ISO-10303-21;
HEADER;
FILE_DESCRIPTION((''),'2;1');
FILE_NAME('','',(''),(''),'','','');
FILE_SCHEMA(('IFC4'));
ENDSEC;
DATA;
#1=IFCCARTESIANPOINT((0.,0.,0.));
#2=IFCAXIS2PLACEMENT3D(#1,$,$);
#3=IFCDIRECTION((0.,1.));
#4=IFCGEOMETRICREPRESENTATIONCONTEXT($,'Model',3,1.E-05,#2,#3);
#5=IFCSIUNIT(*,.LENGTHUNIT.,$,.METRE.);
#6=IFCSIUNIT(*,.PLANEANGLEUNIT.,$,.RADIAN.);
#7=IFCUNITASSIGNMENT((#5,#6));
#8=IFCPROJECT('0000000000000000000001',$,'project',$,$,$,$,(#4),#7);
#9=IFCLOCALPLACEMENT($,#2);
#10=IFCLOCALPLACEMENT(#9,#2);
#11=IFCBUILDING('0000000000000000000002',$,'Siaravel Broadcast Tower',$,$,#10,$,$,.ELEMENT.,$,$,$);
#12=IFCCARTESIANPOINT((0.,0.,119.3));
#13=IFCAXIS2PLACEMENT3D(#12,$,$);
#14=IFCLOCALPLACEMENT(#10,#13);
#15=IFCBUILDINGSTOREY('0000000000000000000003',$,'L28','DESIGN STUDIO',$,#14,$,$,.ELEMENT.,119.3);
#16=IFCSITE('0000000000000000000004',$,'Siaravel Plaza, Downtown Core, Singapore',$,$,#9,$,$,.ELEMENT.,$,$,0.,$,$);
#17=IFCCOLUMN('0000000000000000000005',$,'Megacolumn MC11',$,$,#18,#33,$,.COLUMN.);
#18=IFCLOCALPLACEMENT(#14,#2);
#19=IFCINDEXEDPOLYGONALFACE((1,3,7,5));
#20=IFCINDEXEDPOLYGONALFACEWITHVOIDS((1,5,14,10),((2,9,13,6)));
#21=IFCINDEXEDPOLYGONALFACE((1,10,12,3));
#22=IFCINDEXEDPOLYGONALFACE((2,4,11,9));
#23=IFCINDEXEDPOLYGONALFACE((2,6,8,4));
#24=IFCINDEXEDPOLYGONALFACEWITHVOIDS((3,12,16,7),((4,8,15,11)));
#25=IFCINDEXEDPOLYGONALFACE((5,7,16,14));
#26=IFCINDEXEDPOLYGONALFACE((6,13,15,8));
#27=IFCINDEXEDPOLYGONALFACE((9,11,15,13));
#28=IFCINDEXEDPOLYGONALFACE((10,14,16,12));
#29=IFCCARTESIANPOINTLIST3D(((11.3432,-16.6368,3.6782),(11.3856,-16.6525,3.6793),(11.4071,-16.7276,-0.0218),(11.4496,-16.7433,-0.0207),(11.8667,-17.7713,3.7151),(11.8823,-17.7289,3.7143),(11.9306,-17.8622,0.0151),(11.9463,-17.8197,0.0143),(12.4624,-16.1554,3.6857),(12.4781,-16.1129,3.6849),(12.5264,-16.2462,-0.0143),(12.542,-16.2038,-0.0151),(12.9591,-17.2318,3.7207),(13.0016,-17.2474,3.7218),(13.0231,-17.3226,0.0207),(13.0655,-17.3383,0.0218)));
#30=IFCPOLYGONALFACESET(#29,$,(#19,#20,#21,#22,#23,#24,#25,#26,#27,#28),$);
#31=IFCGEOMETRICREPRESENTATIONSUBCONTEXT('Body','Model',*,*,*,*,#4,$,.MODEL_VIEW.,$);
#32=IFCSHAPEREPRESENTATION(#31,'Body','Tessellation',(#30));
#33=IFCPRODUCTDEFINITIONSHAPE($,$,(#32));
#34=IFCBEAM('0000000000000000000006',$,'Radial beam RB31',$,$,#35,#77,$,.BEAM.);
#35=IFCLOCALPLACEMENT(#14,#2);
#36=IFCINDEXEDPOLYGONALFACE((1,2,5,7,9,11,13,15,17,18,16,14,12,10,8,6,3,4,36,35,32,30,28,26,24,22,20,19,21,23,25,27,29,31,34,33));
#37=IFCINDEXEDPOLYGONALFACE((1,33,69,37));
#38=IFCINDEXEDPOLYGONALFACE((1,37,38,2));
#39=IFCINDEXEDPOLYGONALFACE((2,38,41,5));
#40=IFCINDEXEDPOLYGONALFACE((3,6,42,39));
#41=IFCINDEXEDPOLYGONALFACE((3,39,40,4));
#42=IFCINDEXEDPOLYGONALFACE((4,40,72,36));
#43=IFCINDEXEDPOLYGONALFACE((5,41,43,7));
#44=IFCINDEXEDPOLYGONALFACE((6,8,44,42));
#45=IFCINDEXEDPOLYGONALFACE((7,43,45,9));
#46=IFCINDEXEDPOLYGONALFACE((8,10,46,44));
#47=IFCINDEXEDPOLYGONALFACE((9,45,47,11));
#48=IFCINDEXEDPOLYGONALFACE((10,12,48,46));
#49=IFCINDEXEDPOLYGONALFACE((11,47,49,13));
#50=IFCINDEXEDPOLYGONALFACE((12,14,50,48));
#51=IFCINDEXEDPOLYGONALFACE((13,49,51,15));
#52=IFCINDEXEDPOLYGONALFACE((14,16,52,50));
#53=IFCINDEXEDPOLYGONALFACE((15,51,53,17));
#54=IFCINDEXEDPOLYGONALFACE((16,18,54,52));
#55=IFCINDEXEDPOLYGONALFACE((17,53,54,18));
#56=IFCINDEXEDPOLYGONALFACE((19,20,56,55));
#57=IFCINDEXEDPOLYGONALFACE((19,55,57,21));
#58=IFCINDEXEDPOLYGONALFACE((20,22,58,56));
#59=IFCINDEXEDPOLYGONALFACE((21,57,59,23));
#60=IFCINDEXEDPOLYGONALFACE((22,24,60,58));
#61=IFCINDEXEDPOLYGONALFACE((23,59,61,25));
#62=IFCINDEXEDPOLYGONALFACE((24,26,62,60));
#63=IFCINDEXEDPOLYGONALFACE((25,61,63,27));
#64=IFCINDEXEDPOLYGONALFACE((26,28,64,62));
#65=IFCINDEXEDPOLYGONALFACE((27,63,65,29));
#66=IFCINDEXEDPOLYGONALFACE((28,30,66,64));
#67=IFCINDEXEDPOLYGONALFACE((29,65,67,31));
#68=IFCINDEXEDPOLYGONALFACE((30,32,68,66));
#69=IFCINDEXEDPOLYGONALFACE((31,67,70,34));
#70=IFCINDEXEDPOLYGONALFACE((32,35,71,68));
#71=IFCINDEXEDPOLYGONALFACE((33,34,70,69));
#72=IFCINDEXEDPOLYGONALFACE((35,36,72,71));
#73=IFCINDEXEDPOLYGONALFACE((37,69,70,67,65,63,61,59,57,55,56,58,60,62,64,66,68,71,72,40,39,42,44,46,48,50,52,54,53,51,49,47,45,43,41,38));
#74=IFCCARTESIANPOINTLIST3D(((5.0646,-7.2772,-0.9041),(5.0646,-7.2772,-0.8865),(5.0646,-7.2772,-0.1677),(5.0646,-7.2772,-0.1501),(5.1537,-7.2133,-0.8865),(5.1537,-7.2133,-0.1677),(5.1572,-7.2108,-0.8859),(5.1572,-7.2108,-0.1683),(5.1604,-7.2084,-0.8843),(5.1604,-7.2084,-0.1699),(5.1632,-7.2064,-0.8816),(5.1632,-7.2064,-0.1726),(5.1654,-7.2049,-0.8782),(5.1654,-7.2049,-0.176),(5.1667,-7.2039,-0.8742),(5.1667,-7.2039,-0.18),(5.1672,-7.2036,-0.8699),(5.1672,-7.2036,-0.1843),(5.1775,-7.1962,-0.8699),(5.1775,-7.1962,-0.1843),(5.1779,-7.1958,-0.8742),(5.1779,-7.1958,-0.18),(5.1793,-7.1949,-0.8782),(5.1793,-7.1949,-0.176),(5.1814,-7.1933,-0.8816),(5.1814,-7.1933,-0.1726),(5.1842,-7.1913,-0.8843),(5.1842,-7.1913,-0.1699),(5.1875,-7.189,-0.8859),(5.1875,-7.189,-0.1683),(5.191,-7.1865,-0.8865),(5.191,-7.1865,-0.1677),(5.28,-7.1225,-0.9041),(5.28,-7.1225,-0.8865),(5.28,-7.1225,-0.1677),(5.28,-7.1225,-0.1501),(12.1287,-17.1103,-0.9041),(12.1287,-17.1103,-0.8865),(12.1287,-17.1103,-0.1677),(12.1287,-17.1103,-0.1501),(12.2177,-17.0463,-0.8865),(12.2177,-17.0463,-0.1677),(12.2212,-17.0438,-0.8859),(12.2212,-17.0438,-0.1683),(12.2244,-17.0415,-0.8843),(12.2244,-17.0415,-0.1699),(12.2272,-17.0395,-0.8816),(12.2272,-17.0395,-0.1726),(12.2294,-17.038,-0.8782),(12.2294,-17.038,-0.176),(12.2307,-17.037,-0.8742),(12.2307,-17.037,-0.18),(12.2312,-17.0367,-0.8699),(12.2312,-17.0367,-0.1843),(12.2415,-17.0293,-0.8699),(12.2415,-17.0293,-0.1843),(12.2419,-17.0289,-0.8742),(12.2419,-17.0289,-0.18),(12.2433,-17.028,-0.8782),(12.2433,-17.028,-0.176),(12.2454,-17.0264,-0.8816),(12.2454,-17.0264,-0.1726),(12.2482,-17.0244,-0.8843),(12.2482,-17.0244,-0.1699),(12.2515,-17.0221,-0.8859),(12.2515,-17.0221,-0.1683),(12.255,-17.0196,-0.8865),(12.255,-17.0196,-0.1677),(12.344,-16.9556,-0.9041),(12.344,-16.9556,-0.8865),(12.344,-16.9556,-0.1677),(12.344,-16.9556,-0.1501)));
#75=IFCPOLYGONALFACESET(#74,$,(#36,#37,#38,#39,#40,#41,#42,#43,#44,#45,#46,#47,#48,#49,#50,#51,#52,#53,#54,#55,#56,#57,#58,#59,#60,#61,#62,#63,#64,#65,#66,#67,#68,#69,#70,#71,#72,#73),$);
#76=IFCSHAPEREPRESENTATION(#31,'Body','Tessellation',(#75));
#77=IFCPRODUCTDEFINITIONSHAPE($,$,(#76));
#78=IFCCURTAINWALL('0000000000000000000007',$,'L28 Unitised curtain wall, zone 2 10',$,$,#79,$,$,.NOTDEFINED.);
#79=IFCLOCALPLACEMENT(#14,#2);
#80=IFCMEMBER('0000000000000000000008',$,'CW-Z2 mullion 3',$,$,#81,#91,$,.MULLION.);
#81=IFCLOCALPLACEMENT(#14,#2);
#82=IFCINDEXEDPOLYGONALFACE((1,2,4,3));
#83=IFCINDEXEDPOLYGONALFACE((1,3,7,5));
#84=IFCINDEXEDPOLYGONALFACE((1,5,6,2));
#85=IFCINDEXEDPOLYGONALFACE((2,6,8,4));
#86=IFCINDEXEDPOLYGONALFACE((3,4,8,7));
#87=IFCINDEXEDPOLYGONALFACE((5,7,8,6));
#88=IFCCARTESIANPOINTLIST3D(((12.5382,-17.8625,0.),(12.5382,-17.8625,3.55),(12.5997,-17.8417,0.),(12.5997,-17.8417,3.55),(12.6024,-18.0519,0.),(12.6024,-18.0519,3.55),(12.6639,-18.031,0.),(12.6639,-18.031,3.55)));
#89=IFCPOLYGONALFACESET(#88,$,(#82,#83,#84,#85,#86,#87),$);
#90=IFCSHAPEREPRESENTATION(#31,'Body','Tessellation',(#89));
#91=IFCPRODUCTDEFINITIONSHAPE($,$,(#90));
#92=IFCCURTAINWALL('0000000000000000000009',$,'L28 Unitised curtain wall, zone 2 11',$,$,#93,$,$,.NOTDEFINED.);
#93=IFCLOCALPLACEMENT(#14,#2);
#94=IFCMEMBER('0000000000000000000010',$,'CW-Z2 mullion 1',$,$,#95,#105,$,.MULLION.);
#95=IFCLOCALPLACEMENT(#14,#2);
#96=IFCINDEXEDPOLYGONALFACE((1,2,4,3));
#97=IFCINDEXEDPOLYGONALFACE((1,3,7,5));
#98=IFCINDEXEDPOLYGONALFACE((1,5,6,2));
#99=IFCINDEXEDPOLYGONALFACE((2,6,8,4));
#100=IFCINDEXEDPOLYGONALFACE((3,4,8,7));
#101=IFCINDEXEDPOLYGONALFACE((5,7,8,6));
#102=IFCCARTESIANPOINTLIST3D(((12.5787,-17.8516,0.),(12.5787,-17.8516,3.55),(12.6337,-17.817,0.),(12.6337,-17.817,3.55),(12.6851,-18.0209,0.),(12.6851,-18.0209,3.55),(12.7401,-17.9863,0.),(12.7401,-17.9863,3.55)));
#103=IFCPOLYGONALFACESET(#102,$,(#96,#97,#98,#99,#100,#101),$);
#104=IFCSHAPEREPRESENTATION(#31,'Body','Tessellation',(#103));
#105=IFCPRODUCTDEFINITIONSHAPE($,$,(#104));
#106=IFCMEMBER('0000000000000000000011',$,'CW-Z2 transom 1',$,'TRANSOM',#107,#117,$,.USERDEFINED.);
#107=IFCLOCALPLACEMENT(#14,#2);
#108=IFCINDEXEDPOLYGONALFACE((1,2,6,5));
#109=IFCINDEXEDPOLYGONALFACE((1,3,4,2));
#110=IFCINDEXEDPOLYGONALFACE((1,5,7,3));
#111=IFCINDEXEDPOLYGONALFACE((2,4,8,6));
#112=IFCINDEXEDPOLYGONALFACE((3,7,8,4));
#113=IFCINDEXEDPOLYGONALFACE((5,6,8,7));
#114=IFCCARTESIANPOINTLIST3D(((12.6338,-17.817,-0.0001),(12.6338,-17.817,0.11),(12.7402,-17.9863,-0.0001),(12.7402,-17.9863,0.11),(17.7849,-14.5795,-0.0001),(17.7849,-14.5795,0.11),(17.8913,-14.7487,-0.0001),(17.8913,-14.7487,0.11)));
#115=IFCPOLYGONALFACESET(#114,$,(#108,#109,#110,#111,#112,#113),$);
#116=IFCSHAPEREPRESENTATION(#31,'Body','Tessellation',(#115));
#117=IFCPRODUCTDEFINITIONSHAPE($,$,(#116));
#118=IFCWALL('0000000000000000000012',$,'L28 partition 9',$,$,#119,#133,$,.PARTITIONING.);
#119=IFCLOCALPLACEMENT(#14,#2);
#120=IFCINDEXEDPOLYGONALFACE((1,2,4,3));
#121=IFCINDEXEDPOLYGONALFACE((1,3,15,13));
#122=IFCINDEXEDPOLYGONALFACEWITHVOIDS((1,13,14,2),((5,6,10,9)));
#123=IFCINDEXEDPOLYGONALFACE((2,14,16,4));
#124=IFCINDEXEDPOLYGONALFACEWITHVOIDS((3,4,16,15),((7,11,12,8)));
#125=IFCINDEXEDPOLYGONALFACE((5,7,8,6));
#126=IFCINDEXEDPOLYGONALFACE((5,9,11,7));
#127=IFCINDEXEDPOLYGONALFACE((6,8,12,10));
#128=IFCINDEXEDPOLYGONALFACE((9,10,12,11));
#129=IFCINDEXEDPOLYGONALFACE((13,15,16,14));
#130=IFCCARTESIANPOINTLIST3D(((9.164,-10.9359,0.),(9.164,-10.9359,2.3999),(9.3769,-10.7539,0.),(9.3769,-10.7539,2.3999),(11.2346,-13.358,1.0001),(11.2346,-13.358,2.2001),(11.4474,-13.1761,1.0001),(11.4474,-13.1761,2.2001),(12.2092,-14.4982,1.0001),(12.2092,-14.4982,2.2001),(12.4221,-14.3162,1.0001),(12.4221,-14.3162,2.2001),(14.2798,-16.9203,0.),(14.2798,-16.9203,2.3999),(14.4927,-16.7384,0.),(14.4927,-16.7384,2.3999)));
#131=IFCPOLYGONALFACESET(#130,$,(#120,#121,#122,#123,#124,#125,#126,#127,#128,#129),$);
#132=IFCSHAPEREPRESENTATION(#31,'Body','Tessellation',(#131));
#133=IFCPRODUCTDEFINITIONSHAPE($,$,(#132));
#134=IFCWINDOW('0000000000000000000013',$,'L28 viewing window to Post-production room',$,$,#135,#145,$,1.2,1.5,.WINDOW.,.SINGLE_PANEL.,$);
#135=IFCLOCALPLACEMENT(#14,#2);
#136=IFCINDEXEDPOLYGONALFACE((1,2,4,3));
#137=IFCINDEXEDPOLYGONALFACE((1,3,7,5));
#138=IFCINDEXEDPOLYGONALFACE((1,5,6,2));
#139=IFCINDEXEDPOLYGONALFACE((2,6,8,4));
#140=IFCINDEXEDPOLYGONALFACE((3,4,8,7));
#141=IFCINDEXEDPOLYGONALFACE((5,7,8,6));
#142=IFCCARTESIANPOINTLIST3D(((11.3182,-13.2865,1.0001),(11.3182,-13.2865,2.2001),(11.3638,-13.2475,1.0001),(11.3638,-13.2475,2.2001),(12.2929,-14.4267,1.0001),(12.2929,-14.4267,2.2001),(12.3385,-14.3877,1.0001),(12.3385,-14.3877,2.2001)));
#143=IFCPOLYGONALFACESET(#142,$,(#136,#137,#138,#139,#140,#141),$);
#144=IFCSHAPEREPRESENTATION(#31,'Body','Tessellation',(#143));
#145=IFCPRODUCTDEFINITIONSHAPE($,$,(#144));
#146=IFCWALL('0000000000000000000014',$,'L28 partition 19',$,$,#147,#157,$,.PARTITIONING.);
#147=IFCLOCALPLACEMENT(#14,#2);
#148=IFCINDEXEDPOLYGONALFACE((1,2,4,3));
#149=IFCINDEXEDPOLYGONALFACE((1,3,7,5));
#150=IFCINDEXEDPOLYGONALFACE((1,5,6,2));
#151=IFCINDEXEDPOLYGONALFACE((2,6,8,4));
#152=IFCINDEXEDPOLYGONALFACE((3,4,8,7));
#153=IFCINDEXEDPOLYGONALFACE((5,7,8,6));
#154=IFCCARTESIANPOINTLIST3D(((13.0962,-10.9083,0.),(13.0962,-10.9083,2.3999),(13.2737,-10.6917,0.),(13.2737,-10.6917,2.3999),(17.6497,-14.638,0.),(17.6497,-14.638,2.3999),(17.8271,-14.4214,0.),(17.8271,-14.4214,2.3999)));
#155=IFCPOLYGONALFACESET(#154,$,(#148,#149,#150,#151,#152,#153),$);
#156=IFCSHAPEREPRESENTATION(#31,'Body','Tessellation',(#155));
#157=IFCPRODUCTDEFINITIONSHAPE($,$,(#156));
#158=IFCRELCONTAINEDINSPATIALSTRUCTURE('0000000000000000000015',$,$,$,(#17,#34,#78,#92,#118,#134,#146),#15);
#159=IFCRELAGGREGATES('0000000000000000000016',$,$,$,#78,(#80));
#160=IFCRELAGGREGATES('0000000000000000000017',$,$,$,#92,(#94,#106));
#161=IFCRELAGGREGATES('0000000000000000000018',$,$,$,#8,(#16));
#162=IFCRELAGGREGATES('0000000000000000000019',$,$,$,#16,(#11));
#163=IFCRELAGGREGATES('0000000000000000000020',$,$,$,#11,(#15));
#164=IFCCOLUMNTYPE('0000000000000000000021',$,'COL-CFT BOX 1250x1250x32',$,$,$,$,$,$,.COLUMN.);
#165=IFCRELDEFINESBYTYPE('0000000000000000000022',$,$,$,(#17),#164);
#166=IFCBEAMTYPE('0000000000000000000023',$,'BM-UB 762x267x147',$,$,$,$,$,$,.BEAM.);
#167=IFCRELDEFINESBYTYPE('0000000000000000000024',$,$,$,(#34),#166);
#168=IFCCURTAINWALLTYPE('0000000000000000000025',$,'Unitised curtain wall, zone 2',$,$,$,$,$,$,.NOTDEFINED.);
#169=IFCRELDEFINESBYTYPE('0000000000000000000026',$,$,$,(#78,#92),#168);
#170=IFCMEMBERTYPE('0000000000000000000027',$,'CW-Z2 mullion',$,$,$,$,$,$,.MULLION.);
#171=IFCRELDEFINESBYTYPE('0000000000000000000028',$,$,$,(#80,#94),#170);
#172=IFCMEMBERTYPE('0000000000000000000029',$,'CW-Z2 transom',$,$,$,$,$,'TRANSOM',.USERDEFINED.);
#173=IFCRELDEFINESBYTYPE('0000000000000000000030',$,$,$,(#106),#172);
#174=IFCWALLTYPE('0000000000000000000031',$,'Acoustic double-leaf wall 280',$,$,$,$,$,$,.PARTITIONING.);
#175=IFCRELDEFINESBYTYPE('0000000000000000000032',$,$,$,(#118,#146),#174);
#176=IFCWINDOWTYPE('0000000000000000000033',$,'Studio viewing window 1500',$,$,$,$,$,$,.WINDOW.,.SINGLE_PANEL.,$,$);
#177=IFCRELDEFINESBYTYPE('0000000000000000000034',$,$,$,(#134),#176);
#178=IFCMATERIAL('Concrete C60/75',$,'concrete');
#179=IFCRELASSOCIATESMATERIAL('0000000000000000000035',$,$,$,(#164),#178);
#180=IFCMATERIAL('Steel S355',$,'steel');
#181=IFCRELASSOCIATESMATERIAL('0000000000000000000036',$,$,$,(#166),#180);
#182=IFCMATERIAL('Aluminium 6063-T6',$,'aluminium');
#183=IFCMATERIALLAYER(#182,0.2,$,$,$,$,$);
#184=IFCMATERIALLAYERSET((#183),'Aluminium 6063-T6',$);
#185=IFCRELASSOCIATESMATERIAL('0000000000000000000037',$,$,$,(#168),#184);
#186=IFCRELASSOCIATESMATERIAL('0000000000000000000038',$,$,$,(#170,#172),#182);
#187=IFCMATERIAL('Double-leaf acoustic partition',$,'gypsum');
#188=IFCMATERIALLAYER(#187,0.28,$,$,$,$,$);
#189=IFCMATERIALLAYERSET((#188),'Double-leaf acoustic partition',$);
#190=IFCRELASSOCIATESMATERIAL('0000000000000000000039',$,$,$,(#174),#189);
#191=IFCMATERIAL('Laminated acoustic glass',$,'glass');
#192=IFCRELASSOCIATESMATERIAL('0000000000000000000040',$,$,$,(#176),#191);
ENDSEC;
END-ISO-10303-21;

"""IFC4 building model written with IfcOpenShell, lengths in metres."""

from ifc_helpers import new_model, si_unit, direction, frame, frame_2d, origin, origin_2d, place, context, subcontext, project, spatial, rectangle, hollow_rectangle, i_section, extrude, material, layer, layer_set, material_profile, profile_set, type_object, element, fill, aggregate, save


model = new_model("IFC4")

# Units and contexts
model_context = context("Model", 3, precision=1e-05, world=origin(), true_north=direction((0.0, 1.0)))
body_context = subcontext(model_context, "Body", "Model", "MODEL_VIEW")
ifc_project = project(units=[si_unit("LENGTHUNIT", "METRE"), si_unit("PLANEANGLEUNIT", "RADIAN")], contexts=[model_context])

# Site, building, storey
site_placement = place(None, origin())
site = spatial("IfcSite", under=ifc_project, at=site_placement, Name="Siaravel Plaza, Downtown Core, Singapore", CompositionType="ELEMENT", RefElevation=0.0)
building_placement = place(site_placement, origin())
building = spatial("IfcBuilding", under=site, at=building_placement, Name="Siaravel Broadcast Tower", CompositionType="ELEMENT")
storey_placement = place(building_placement, frame((0.0, 0.0, 119.3)))
storey = spatial("IfcBuildingStorey", under=building, at=storey_placement, Name="L28", Description="DESIGN STUDIO", CompositionType="ELEMENT", Elevation=119.3)

# Column
ifc_material_1 = material(Name="Concrete C60/75", Category="concrete")
ifc_material_profile_1 = material_profile(ifc_material_1, hollow_rectangle(XDim=1.25, YDim=1.25, WallThickness=0.032, at=origin_2d()))
ifc_profile_set_1 = profile_set([ifc_material_profile_1], Name="Concrete C60/75")
column_type = type_object("IfcColumnType", Name="COL-CFT BOX 1250x1250x32", PredefinedType="COLUMN", material=ifc_profile_set_1)
column_placement = place(storey_placement, frame((12.2363, -17.033, 0.0), z_axis=(-0.01728, 0.024535, 0.99955), x_axis=(-0.90792, -0.419108, -0.005409)))
element("IfcColumn", 1, at=column_placement, inside=storey, type_object=column_type, Name="Megacolumn MC11", PredefinedType="COLUMN", context=body_context, shape_type="SweptSolid", body=[
    extrude(hollow_rectangle(XDim=1.25, YDim=1.25, WallThickness=0.032, at=origin_2d()), origin(), (0.0, 0.0, 1.0), 3.7017),
])

# Beam
ifc_material_2 = material(Name="Steel S355", Category="steel")
ifc_material_profile_2 = material_profile(ifc_material_2, i_section(OverallWidth=0.2651, OverallDepth=0.7539, WebThickness=0.0127, FlangeThickness=0.0176, FilletRadius=0.0166, at=origin_2d()))
ifc_profile_set_2 = profile_set([ifc_material_profile_2], Name="Steel S355")
beam_type = type_object("IfcBeamType", Name="BM-UB 762x267x147", PredefinedType="BEAM", material=ifc_profile_set_2)
beam_placement = place(storey_placement, frame((12.2363, -17.033, -0.5271), z_axis=(-0.583445, 0.812153, 0.0), x_axis=(-0.812153, -0.583445, 0.0)))
element("IfcBeam", 2, at=beam_placement, inside=storey, type_object=beam_type, Name="Radial beam RB31", PredefinedType="BEAM", context=body_context, shape_type="SweptSolid", body=[
    extrude(i_section(OverallWidth=0.2651, OverallDepth=0.7539, WebThickness=0.0127, FlangeThickness=0.0176, FilletRadius=0.0166, at=origin_2d()), origin(), (0.0, 0.0, 1.0), 12.1074),
])

# Curtain wall, member
ifc_material_3 = material(Name="Aluminium 6063-T6", Category="aluminium")
ifc_layer_1 = layer(ifc_material_3, 0.2)
ifc_layer_set_1 = layer_set([ifc_layer_1], Name="Aluminium 6063-T6")
curtain_wall_type = type_object("IfcCurtainWallType", Name="Unitised curtain wall, zone 2", PredefinedType="NOTDEFINED", material=ifc_layer_set_1)
curtain_wall_1_placement = place(storey_placement, origin())
curtain_wall_1 = element("IfcCurtainWall", 3, at=curtain_wall_1_placement, inside=storey, type_object=curtain_wall_type, Name="L28 Unitised curtain wall, zone 2 10", PredefinedType="NOTDEFINED")
ifc_material_profile_3 = material_profile(ifc_material_3, rectangle(XDim=0.2, YDim=0.0649, at=origin_2d()))
ifc_profile_set_3 = profile_set([ifc_material_profile_3], Name="Aluminium 6063-T6")
member_type_1 = type_object("IfcMemberType", Name="CW-Z2 mullion", PredefinedType="MULLION", material=ifc_profile_set_3)
member_1_placement = place(storey_placement, frame((12.6011, -17.9468, 0.0), z_axis=(0.0, 0.0, 1.0), x_axis=(-0.321301, 0.946977, 0.0)))
member_1 = element("IfcMember", 4, at=member_1_placement, type_object=member_type_1, Name="CW-Z2 mullion 3", PredefinedType="MULLION", context=body_context, shape_type="SweptSolid", body=[
    extrude(rectangle(XDim=0.2, YDim=0.0649, at=origin_2d()), origin(), (0.0, 0.0, 1.0), 3.55),
])
aggregate(curtain_wall_1, [member_1])

# Curtain wall, members
curtain_wall_2_placement = place(storey_placement, origin())
curtain_wall_2 = element("IfcCurtainWall", 5, at=curtain_wall_2_placement, inside=storey, type_object=curtain_wall_type, Name="L28 Unitised curtain wall, zone 2 11", PredefinedType="NOTDEFINED")
member_2_placement = place(storey_placement, frame((12.6594, -17.9189, 0.0), z_axis=(0.0, 0.0, 1.0), x_axis=(-0.532149, 0.846651, 0.0)))
member_2 = element("IfcMember", 6, at=member_2_placement, type_object=member_type_1, Name="CW-Z2 mullion 1", PredefinedType="MULLION", context=body_context, shape_type="SweptSolid", body=[
    extrude(rectangle(XDim=0.2, YDim=0.0649, at=origin_2d()), origin(), (0.0, 0.0, 1.0), 3.55),
])
ifc_material_profile_4 = material_profile(ifc_material_3, rectangle(XDim=0.2, YDim=0.1101, at=origin_2d()))
ifc_profile_set_4 = profile_set([ifc_material_profile_4], Name="Aluminium 6063-T6")
member_type_2 = type_object("IfcMemberType", Name="CW-Z2 transom", ElementType="TRANSOM", PredefinedType="USERDEFINED", material=ifc_profile_set_4)
member_3_placement = place(storey_placement, frame((12.687, -17.9016, 0.0549), z_axis=(0.846659, 0.532136, 0.0), x_axis=(-0.532136, 0.846659, 0.0)))
member_3 = element("IfcMember", 7, at=member_3_placement, type_object=member_type_2, Name="CW-Z2 transom 1", ObjectType="TRANSOM", PredefinedType="USERDEFINED", context=body_context, shape_type="SweptSolid", body=[
    extrude(rectangle(XDim=0.2, YDim=0.1101, at=origin_2d()), origin(), (0.0, 0.0, 1.0), 6.084),
])
aggregate(curtain_wall_2, [member_2, member_3])

# Wall, opening, window
ifc_material_4 = material(Name="Double-leaf acoustic partition", Category="gypsum")
ifc_layer_2 = layer(ifc_material_4, 0.28)
ifc_layer_set_2 = layer_set([ifc_layer_2], Name="Double-leaf acoustic partition")
wall_type_1 = type_object("IfcWallType", Name="Acoustic double-leaf wall 280", PredefinedType="PARTITIONING", material=ifc_layer_set_2)
wall_1_placement = place(storey_placement, frame((14.3862, -16.8293, 0.0), z_axis=(0.0, 0.0, 1.0), x_axis=(-0.649785, 0.760118, 0.0)))
wall_1 = element("IfcWall", 8, at=wall_1_placement, inside=storey, type_object=wall_type_1, Name="L28 partition 9", PredefinedType="PARTITIONING", context=body_context, shape_type="SweptSolid", body=[
    extrude(rectangle(XDim=7.873, YDim=0.28, at=frame_2d((3.9365, 0.0))), origin(), (0.0, 0.0, 1.0), 2.3999),
])
opening_1_placement = place(wall_1_placement, frame((3.1865, 0.0, 1.0)))
opening_1 = element("IfcOpeningElement", 9, at=opening_1_placement, cuts=wall_1, PredefinedType="OPENING", context=body_context, shape_type="SweptSolid", body=[
    extrude(rectangle(XDim=1.5, YDim=1.2, at=frame_2d((0.75, 0.6001))), frame((0.0, 0.1499, 0.0), z_axis=(0.0, -1.0, 0.0), x_axis=(1.0, 0.0, 0.0)), (0.0, 0.0, 1.0), 0.3),
])
ifc_material_5 = material(Name="Laminated acoustic glass", Category="glass")
window_type = type_object("IfcWindowType", Name="Studio viewing window 1500", PartitioningType="SINGLE_PANEL", PredefinedType="WINDOW", material=ifc_material_5)
window_placement = place(opening_1_placement, origin())
window = element("IfcWindow", 10, at=window_placement, inside=storey, type_object=window_type, Name="L28 viewing window to Post-production room", OverallHeight=1.2, OverallWidth=1.5, PartitioningType="SINGLE_PANEL", PredefinedType="WINDOW", context=body_context, shape_type="SweptSolid", body=[
    extrude(rectangle(XDim=1.5, YDim=1.2, at=frame_2d((0.75, 0.6001))), frame((0.0, 0.03, 0.0), z_axis=(0.0, -1.0, 0.0), x_axis=(1.0, 0.0, 0.0)), (0.0, 0.0, 1.0), 0.0601),
])
fill(opening_1, window)

# Wall
wall_2_placement = place(storey_placement, frame((13.1851, -10.8, 0.0), z_axis=(0.0, 0.0, 1.0), x_axis=(0.77361, -0.633662, 0.0)))
element("IfcWall", 11, at=wall_2_placement, inside=storey, type_object=wall_type_1, Name="L28 partition 19", PredefinedType="PARTITIONING", context=body_context, shape_type="SweptSolid", body=[
    extrude(rectangle(XDim=5.886, YDim=0.28, at=frame_2d((2.9429, 0.0))), origin(), (0.0, 0.0, 1.0), 2.3999),
])

save(model, "model.ifc")
